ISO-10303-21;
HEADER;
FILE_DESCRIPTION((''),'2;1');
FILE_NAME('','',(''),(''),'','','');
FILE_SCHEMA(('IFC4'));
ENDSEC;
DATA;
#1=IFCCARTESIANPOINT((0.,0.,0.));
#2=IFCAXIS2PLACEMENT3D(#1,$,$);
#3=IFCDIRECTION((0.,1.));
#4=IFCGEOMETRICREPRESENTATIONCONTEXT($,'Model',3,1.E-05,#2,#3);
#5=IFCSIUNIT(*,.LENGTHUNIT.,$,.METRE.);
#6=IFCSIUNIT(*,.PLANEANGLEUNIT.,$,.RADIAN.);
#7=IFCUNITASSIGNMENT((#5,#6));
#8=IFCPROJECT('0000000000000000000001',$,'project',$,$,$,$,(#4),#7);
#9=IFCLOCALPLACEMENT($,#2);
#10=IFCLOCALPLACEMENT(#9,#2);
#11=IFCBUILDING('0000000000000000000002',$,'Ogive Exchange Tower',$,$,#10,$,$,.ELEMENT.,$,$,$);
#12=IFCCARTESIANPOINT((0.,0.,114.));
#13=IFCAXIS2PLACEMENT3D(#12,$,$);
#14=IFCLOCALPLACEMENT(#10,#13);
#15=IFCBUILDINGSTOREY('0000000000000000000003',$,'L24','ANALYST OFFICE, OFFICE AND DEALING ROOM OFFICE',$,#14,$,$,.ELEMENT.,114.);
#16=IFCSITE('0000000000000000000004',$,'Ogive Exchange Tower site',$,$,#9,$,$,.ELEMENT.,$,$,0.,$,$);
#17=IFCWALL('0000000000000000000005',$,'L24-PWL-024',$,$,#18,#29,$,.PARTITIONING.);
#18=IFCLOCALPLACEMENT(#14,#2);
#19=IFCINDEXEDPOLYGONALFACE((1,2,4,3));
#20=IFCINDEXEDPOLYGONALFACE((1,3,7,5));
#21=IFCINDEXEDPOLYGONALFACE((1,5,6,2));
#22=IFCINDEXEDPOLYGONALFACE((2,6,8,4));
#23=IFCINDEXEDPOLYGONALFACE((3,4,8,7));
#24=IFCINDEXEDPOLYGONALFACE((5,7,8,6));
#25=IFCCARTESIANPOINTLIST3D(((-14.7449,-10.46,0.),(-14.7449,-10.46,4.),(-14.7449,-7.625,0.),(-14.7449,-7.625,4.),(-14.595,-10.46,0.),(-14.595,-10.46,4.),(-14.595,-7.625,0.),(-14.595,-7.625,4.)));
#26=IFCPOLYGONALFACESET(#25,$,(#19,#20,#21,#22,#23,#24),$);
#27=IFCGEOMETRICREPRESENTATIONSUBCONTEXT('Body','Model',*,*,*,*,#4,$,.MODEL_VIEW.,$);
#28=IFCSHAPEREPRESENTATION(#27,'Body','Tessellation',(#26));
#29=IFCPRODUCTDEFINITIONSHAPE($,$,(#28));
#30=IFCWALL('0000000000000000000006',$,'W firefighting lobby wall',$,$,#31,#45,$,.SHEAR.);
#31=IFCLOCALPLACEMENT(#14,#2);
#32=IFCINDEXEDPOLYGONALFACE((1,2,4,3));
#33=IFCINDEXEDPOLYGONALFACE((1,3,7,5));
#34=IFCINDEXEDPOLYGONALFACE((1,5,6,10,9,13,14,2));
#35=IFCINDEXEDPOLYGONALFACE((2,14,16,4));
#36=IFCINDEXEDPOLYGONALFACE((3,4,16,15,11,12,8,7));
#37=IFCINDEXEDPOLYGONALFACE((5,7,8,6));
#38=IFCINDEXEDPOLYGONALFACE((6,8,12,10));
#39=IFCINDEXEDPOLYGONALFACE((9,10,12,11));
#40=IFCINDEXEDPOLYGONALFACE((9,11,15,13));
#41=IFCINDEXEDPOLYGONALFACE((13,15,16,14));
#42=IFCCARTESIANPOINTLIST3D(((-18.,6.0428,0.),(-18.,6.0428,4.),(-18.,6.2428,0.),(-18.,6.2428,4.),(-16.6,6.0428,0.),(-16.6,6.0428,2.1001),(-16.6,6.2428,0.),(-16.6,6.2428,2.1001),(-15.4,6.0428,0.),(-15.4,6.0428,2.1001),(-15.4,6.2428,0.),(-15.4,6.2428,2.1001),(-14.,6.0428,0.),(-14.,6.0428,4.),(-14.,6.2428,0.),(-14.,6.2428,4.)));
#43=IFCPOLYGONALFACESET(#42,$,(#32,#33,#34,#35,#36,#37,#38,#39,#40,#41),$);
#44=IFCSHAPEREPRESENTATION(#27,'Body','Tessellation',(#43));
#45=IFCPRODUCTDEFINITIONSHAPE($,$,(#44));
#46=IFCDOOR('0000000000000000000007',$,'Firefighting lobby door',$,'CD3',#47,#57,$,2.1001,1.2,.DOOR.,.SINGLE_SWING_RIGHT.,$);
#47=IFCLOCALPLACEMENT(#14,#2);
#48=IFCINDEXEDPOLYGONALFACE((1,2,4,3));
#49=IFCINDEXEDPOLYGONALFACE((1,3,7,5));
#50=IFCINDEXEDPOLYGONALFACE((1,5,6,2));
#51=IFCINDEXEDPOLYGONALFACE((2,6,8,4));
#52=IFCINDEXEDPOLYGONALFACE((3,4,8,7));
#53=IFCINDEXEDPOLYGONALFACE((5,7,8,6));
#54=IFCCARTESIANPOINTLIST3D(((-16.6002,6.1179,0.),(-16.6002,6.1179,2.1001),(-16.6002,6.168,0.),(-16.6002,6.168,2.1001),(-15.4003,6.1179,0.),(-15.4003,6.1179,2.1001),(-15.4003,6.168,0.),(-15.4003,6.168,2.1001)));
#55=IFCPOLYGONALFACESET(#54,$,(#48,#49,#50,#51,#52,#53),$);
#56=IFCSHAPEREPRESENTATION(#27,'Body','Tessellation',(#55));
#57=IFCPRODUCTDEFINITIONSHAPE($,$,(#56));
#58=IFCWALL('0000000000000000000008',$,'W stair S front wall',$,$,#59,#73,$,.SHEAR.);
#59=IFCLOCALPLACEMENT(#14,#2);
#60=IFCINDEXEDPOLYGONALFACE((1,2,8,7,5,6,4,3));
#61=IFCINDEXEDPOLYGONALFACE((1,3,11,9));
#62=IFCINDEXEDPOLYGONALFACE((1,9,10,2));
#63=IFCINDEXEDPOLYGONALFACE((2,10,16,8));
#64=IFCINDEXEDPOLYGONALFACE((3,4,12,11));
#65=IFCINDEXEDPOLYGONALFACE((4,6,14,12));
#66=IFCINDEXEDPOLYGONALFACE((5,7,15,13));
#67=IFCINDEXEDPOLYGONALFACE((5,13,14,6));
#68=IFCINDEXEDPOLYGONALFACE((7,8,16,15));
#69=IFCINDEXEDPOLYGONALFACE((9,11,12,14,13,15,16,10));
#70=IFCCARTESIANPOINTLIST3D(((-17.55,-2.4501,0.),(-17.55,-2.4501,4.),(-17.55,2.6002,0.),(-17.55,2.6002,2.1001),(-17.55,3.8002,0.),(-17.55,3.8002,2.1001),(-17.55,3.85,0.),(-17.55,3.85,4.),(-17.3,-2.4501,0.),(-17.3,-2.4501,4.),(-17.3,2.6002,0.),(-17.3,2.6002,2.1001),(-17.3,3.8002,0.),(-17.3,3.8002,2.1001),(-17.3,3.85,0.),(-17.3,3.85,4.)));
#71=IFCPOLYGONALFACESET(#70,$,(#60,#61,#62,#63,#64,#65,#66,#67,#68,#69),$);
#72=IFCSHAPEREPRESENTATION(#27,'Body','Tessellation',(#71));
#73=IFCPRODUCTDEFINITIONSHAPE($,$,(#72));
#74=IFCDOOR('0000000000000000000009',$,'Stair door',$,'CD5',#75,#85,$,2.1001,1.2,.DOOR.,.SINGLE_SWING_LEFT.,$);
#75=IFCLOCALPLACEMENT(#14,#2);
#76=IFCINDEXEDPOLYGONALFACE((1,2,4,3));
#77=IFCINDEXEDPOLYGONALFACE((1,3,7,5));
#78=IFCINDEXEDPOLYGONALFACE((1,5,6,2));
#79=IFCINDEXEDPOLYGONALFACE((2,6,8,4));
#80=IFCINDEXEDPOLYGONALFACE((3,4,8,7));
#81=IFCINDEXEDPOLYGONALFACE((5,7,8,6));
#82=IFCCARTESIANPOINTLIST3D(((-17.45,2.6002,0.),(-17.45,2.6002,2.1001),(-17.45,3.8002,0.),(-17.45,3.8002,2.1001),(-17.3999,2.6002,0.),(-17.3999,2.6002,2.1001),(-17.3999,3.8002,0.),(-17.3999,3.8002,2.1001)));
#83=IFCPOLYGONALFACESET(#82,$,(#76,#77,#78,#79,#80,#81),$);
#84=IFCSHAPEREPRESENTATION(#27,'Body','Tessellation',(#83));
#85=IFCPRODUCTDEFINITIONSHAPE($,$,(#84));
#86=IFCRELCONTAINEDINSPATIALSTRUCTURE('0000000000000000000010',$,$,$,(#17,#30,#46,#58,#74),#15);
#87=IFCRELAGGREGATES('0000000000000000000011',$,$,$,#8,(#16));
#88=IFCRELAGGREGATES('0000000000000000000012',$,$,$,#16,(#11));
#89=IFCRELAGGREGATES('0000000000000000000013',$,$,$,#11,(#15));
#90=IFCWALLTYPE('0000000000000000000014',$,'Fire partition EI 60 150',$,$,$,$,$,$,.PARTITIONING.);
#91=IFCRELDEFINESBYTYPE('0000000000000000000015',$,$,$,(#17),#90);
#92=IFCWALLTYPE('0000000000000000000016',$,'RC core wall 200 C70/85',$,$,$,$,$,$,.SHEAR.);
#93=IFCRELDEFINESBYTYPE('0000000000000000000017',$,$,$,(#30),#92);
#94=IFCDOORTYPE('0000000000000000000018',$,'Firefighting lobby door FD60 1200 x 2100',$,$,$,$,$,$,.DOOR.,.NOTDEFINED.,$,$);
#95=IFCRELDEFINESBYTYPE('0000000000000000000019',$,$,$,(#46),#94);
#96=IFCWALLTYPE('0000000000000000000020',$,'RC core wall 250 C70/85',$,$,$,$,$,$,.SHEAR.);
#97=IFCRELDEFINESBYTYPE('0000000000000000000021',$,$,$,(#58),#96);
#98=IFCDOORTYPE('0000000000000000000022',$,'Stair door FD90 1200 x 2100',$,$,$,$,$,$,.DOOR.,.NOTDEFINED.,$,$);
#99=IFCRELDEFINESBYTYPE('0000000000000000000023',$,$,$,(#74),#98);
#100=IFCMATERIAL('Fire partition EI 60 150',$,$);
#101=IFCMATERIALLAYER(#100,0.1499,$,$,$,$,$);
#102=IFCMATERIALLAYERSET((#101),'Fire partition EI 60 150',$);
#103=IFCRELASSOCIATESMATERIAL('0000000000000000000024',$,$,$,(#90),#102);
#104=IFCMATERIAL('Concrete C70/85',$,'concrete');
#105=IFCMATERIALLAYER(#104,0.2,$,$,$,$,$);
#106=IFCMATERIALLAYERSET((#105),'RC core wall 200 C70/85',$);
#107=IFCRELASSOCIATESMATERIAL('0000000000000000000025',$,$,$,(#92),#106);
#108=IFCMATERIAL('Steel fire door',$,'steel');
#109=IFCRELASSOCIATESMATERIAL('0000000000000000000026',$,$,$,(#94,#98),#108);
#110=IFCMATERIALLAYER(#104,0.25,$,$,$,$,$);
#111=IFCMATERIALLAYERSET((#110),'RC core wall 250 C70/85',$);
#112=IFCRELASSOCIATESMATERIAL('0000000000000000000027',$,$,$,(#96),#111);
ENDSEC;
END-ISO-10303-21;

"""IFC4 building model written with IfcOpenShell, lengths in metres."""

from ifc_helpers import new_model, si_unit, direction, frame, frame_2d, origin, place, context, subcontext, project, spatial, rectangle, extrude, material, layer, layer_set, type_object, element, fill, save


model = new_model("IFC4")

# Units and contexts
model_context = context("Model", 3, precision=1e-05, world=origin(), true_north=direction((0.0, 1.0)))
body_context = subcontext(model_context, "Body", "Model", "MODEL_VIEW")
ifc_project = project(units=[si_unit("LENGTHUNIT", "METRE"), si_unit("PLANEANGLEUNIT", "RADIAN")], contexts=[model_context])

# Site, building, storey
site_placement = place(None, origin())
site = spatial("IfcSite", under=ifc_project, at=site_placement, Name="Ogive Exchange Tower site", CompositionType="ELEMENT", RefElevation=0.0)
building_placement = place(site_placement, origin())
building = spatial("IfcBuilding", under=site, at=building_placement, Name="Ogive Exchange Tower", CompositionType="ELEMENT")
storey_placement = place(building_placement, frame((0.0, 0.0, 114.0)))
storey = spatial("IfcBuildingStorey", under=building, at=storey_placement, Name="L24", Description="ANALYST OFFICE, OFFICE AND DEALING ROOM OFFICE", CompositionType="ELEMENT", Elevation=114.0)

# Wall
ifc_material_1 = material(Name="Fire partition EI 60 150")
ifc_layer_1 = layer(ifc_material_1, 0.1499)
ifc_layer_set_1 = layer_set([ifc_layer_1], Name="Fire partition EI 60 150")
wall_type_1 = type_object("IfcWallType", Name="Fire partition EI 60 150", PredefinedType="PARTITIONING", material=ifc_layer_set_1)
wall_1_placement = place(storey_placement, frame((-14.6699, -7.625, 0.0), z_axis=(0.0, 0.0, 1.0), x_axis=(0.0, -1.0, 0.0)))
element("IfcWall", 1, at=wall_1_placement, inside=storey, type_object=wall_type_1, Name="L24-PWL-024", PredefinedType="PARTITIONING", context=body_context, shape_type="SweptSolid", body=[
    extrude(rectangle(XDim=2.835, YDim=0.1499, at=frame_2d((1.4175, 0.0))), origin(), (0.0, 0.0, 1.0), 4.0),
])

# Walls, openings, doors
ifc_material_2 = material(Name="Concrete C70/85", Category="concrete")
ifc_layer_2 = layer(ifc_material_2, 0.2)
ifc_layer_set_2 = layer_set([ifc_layer_2], Name="RC core wall 200 C70/85")
wall_type_2 = type_object("IfcWallType", Name="RC core wall 200 C70/85", PredefinedType="SHEAR", material=ifc_layer_set_2)
wall_2_placement = place(storey_placement, frame((-18.0, 6.1428, 0.0), z_axis=(0.0, 0.0, 1.0), x_axis=(1.0, 0.0, 0.0)))
wall_2 = element("IfcWall", 2, at=wall_2_placement, inside=storey, type_object=wall_type_2, Name="W firefighting lobby wall", PredefinedType="SHEAR", context=body_context, shape_type="SweptSolid", body=[
    extrude(rectangle(XDim=4.0, YDim=0.2, at=frame_2d((2.0, 0.0))), origin(), (0.0, 0.0, 1.0), 4.0),
])
opening_1_placement = place(wall_2_placement, frame((1.3999, 0.0, 0.0)))
opening_1 = element("IfcOpeningElement", 3, at=opening_1_placement, cuts=wall_2, PredefinedType="OPENING", context=body_context, shape_type="SweptSolid", body=[
    extrude(rectangle(XDim=1.2, YDim=2.1001, at=frame_2d((0.6001, 1.05))), frame((0.0, 0.1099, 0.0), z_axis=(0.0, -1.0, 0.0), x_axis=(1.0, 0.0, 0.0)), (0.0, 0.0, 1.0), 0.22),
])
ifc_material_3 = material(Name="Steel fire door", Category="steel")
door_type_1 = type_object("IfcDoorType", Name="Firefighting lobby door FD60 1200 x 2100", OperationType="NOTDEFINED", PredefinedType="DOOR", material=ifc_material_3)
door_1_placement = place(opening_1_placement, frame((1.2, 0.0, 0.0), z_axis=(0.0, 0.0, 1.0), x_axis=(-1.0, 0.0, 0.0)))
door_1 = element("IfcDoor", 4, at=door_1_placement, inside=storey, type_object=door_type_1, Name="Firefighting lobby door", ObjectType="CD3", OperationType="SINGLE_SWING_RIGHT", OverallHeight=2.1001, OverallWidth=1.2, PredefinedType="DOOR", context=body_context, shape_type="SweptSolid", body=[
    extrude(rectangle(XDim=1.2, YDim=2.1001, at=frame_2d((0.6001, 1.05))), frame((0.0, 0.0249, 0.0), z_axis=(0.0, -1.0, 0.0), x_axis=(1.0, 0.0, 0.0)), (0.0, 0.0, 1.0), 0.05),
])
fill(opening_1, door_1)
ifc_layer_3 = layer(ifc_material_2, 0.25)
ifc_layer_set_3 = layer_set([ifc_layer_3], Name="RC core wall 250 C70/85")
wall_type_3 = type_object("IfcWallType", Name="RC core wall 250 C70/85", PredefinedType="SHEAR", material=ifc_layer_set_3)
wall_3_placement = place(storey_placement, frame((-17.425, -2.45, 0.0), z_axis=(0.0, 0.0, 1.0), x_axis=(0.0, 1.0, 0.0)))
wall_3 = element("IfcWall", 5, at=wall_3_placement, inside=storey, type_object=wall_type_3, Name="W stair S front wall", PredefinedType="SHEAR", context=body_context, shape_type="SweptSolid", body=[
    extrude(rectangle(XDim=6.3, YDim=0.25, at=frame_2d((3.1499, 0.0))), origin(), (0.0, 0.0, 1.0), 4.0),
])
opening_2_placement = place(wall_3_placement, frame((5.05, 0.0, 0.0)))
opening_2 = element("IfcOpeningElement", 6, at=opening_2_placement, cuts=wall_3, PredefinedType="OPENING", context=body_context, shape_type="SweptSolid", body=[
    extrude(rectangle(XDim=1.2, YDim=2.1001, at=frame_2d((0.6001, 1.05))), frame((0.0, 0.135, 0.0), z_axis=(0.0, -1.0, 0.0), x_axis=(1.0, 0.0, 0.0)), (0.0, 0.0, 1.0), 0.27),
])
door_type_2 = type_object("IfcDoorType", Name="Stair door FD90 1200 x 2100", OperationType="NOTDEFINED", PredefinedType="DOOR", material=ifc_material_3)
door_2_placement = place(opening_2_placement, origin())
door_2 = element("IfcDoor", 7, at=door_2_placement, inside=storey, type_object=door_type_2, Name="Stair door", ObjectType="CD5", OperationType="SINGLE_SWING_LEFT", OverallHeight=2.1001, OverallWidth=1.2, PredefinedType="DOOR", context=body_context, shape_type="SweptSolid", body=[
    extrude(rectangle(XDim=1.2, YDim=2.1001, at=frame_2d((0.6001, 1.05))), frame((0.0, 0.0249, 0.0), z_axis=(0.0, -1.0, 0.0), x_axis=(1.0, 0.0, 0.0)), (0.0, 0.0, 1.0), 0.05),
])
fill(opening_2, door_2)

save(model, "model.ifc")
